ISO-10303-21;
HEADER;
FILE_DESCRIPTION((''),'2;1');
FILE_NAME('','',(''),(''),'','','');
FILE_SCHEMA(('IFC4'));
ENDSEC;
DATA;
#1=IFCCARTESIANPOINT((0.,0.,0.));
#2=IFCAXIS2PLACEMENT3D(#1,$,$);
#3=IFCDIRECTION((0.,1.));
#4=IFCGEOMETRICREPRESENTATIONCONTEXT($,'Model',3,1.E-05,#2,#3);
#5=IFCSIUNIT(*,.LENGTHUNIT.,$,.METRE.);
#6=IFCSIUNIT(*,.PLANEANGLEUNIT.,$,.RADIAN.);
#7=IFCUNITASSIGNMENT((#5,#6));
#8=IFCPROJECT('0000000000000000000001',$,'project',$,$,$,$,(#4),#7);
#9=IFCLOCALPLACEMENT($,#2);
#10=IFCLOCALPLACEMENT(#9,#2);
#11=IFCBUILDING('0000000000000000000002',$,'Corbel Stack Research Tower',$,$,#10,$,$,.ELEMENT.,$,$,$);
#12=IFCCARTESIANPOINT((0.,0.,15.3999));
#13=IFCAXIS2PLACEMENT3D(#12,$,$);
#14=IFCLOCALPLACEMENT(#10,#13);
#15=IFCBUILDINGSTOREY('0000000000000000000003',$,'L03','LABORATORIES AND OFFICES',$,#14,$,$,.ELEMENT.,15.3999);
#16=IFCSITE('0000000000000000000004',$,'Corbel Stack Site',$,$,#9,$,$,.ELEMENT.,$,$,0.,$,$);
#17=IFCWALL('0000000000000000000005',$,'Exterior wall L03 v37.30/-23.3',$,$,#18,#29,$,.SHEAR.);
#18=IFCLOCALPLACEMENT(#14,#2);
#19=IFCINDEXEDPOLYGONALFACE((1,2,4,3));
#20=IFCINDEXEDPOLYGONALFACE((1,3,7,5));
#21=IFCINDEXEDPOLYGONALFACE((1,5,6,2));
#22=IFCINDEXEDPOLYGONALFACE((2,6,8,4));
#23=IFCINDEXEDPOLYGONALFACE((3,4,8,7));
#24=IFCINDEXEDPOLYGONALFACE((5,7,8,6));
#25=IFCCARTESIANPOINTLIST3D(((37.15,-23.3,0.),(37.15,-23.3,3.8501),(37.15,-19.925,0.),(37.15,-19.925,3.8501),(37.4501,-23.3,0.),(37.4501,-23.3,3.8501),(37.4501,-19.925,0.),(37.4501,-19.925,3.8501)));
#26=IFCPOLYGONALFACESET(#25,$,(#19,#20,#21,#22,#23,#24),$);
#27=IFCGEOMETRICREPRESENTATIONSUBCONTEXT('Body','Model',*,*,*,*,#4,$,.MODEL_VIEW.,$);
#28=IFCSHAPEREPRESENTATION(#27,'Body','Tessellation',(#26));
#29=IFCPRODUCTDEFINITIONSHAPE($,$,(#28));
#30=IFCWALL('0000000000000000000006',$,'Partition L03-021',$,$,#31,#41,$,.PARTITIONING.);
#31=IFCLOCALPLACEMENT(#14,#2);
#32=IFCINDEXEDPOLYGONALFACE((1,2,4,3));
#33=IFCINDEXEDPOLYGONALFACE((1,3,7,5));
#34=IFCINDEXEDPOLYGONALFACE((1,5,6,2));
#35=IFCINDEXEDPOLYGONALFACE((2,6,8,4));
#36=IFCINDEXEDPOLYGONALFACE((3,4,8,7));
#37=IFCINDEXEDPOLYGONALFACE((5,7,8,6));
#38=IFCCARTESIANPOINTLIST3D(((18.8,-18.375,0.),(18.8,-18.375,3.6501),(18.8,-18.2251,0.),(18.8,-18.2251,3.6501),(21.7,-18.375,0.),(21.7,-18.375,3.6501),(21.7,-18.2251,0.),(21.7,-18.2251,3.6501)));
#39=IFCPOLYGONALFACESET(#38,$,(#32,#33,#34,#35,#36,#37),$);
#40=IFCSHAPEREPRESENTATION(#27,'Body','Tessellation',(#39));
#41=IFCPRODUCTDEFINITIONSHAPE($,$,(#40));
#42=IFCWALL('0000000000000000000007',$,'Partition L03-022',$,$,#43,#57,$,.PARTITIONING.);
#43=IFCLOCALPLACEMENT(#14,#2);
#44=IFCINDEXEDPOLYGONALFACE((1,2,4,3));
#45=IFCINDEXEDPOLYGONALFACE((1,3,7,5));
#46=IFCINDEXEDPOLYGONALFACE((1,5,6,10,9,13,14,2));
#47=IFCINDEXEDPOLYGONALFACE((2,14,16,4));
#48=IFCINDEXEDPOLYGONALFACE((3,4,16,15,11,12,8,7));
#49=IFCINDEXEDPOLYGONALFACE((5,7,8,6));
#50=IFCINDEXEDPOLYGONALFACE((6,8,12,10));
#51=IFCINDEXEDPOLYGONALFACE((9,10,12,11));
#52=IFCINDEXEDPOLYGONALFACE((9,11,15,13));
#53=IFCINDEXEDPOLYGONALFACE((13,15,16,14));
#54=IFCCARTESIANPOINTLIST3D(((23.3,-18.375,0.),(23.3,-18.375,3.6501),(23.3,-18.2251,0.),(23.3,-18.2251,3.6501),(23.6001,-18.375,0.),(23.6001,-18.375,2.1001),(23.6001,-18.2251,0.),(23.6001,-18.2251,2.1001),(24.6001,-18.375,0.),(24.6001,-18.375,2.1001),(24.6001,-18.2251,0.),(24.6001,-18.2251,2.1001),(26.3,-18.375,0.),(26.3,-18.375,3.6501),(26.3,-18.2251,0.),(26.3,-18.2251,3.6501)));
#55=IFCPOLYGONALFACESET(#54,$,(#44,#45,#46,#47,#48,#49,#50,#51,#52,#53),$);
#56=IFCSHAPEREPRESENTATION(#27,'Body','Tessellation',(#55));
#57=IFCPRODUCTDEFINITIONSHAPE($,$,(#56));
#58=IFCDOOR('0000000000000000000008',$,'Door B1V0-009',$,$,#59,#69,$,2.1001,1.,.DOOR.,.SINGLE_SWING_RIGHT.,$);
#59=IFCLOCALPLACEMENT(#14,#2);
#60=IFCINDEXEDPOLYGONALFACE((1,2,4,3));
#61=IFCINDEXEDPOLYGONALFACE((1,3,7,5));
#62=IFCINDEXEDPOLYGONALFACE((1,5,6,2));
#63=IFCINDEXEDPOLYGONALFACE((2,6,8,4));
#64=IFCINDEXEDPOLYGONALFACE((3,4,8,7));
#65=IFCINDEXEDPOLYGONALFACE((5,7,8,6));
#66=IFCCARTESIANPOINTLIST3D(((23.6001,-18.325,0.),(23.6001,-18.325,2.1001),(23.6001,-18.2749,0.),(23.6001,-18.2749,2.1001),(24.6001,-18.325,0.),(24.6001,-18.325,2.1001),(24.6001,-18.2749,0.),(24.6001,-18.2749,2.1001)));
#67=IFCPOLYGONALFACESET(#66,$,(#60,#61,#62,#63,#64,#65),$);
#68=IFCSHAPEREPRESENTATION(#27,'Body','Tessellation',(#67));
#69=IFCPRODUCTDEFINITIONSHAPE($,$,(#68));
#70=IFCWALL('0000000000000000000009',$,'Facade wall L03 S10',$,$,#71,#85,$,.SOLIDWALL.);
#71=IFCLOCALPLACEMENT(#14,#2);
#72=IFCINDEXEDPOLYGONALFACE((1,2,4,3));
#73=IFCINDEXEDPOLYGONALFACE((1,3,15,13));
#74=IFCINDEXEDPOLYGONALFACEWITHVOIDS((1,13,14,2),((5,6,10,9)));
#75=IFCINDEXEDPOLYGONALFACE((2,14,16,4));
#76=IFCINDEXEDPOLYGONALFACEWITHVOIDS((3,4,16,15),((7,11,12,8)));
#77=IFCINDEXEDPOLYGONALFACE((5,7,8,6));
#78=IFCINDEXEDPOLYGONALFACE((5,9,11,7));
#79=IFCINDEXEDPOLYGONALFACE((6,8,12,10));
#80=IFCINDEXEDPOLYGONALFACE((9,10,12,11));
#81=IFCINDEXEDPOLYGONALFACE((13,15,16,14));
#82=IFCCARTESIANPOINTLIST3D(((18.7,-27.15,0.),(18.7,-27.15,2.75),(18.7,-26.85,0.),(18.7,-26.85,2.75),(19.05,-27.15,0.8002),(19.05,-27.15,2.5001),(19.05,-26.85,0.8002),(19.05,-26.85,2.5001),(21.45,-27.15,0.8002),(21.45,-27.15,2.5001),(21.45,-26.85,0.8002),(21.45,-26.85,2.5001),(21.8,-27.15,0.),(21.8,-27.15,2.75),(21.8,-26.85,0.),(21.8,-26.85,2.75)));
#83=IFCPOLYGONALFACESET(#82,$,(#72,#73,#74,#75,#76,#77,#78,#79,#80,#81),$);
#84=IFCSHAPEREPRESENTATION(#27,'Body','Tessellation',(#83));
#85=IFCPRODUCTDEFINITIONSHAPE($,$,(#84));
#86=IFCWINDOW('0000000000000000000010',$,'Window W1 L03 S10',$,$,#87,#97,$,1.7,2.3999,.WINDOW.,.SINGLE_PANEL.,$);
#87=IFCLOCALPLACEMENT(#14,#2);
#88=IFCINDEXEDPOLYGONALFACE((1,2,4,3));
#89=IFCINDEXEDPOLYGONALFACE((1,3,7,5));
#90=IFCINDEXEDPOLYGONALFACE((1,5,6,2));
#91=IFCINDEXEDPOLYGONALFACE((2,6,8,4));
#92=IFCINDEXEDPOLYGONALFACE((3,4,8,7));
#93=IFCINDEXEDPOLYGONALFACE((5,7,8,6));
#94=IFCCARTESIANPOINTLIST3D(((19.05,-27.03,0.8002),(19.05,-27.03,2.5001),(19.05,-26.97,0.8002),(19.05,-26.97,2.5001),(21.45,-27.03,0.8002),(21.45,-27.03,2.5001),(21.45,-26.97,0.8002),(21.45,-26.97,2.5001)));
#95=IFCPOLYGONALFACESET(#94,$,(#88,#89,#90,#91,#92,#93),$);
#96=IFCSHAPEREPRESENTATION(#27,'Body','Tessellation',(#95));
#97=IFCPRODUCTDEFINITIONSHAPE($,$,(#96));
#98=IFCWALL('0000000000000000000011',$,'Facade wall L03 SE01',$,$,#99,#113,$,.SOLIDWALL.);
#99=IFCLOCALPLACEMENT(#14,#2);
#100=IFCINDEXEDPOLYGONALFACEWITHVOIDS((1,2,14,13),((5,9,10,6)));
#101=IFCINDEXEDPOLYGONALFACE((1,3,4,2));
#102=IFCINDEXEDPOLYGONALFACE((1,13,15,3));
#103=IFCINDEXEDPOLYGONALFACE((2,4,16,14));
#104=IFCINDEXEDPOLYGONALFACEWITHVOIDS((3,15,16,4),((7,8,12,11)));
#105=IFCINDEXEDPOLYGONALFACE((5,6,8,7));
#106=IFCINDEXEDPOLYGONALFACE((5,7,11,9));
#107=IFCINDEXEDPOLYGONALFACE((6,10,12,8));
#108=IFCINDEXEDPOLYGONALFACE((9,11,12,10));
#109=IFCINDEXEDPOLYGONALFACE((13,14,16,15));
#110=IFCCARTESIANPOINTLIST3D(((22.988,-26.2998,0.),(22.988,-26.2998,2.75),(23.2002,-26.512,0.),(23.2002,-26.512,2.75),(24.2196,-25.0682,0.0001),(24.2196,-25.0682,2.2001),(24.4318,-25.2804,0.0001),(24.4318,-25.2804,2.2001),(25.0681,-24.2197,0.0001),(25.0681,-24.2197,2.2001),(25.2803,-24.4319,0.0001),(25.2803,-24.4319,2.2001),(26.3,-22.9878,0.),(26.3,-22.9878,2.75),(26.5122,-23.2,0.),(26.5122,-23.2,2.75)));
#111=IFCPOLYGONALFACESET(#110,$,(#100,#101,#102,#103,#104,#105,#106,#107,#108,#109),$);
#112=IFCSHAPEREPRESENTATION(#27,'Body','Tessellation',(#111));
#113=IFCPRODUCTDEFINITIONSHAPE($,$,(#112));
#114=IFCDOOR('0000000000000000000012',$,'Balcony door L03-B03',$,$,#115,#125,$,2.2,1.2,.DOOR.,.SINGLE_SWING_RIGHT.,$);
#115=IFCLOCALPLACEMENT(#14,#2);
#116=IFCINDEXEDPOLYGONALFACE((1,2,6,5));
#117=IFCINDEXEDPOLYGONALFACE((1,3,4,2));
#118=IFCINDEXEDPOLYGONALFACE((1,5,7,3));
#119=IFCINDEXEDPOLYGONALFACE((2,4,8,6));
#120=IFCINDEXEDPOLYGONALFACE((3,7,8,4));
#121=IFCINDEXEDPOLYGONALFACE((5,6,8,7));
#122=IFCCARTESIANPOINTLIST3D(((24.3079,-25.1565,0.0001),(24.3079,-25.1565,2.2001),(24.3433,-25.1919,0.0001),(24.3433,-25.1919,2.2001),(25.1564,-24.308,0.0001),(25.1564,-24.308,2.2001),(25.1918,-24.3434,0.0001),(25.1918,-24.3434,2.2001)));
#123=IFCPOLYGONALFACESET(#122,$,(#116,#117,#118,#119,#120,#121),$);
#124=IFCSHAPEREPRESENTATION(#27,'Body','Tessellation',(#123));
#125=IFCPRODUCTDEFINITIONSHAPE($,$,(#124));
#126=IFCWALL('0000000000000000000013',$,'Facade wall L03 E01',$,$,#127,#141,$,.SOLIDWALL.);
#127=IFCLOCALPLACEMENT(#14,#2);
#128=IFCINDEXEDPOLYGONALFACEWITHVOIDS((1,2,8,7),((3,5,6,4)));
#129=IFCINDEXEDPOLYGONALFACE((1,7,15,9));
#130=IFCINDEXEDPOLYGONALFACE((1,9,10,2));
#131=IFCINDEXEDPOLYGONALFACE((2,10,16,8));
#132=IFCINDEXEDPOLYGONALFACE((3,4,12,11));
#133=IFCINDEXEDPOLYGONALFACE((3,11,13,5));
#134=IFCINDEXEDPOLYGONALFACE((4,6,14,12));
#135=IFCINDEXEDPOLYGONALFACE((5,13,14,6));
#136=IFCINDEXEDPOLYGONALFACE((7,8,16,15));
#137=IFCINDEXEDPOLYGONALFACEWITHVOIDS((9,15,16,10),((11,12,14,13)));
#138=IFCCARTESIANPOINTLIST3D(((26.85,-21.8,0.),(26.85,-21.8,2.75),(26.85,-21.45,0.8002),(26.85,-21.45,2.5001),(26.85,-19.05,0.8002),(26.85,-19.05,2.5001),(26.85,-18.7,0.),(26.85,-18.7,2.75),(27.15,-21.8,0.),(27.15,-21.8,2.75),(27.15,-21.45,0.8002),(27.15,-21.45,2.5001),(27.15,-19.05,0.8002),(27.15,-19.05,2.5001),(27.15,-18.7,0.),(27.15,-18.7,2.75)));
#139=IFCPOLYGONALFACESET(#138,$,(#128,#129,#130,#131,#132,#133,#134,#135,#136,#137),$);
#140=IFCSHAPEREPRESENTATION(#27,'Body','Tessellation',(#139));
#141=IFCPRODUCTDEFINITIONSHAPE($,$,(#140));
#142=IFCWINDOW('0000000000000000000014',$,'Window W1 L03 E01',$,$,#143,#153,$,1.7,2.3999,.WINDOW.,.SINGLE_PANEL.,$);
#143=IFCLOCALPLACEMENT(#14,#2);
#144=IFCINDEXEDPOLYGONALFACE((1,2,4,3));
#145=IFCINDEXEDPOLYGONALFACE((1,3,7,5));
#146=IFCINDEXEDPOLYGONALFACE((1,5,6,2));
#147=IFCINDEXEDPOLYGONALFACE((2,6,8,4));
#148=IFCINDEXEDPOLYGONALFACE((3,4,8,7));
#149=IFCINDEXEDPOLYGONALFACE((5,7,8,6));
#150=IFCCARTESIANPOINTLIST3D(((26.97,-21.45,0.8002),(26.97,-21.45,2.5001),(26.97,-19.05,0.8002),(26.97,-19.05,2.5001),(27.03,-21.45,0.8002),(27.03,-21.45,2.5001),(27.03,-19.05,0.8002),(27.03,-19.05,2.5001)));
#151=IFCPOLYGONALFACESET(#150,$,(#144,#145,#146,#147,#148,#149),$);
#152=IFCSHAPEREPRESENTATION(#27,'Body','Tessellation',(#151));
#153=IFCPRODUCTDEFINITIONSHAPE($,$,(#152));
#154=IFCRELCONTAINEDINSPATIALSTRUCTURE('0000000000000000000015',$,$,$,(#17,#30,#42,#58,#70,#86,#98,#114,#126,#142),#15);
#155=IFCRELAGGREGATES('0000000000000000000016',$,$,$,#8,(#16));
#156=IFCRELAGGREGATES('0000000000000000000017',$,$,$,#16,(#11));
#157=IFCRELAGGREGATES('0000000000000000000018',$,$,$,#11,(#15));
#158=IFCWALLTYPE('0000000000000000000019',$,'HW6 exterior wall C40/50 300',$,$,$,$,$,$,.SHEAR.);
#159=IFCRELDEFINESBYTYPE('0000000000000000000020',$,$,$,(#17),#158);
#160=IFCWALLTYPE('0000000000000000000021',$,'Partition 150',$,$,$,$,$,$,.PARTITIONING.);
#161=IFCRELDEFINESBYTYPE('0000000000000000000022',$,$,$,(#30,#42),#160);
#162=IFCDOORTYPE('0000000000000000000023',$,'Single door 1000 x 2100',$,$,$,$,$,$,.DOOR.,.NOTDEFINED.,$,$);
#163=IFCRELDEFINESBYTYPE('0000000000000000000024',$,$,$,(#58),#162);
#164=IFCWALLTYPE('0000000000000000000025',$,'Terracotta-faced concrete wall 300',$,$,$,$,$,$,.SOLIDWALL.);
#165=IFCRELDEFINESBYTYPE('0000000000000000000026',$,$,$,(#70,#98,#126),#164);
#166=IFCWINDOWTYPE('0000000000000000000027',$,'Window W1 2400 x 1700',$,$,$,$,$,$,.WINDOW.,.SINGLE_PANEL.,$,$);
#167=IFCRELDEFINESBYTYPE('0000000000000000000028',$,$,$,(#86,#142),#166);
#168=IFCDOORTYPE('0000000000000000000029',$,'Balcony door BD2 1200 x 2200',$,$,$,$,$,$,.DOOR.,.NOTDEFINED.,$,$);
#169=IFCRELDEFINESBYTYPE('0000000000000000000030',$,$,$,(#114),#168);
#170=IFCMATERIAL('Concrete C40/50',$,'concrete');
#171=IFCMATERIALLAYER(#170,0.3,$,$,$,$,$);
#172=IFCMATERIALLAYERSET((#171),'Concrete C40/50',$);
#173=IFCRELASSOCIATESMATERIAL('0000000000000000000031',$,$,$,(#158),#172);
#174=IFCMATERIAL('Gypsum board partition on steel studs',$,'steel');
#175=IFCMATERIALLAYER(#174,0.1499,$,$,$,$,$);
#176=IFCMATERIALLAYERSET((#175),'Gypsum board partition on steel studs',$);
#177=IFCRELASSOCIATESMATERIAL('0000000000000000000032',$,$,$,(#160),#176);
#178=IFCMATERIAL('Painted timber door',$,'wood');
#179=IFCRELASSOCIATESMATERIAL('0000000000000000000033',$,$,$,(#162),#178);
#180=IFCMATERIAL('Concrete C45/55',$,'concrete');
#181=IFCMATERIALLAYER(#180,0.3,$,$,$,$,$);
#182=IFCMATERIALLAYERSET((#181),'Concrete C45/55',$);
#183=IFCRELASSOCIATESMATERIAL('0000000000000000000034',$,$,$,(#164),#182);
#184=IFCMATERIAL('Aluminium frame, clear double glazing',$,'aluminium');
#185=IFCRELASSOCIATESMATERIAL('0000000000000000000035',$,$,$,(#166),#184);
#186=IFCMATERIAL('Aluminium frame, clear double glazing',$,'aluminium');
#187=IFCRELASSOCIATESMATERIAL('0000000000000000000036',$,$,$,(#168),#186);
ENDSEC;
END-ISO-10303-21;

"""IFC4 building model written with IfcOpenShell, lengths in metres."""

from ifc_helpers import new_model, si_unit, direction, frame, frame_2d, origin, place, context, subcontext, project, spatial, rectangle, extrude, material, layer, layer_set, type_object, element, fill, save


model = new_model("IFC4")

# Units and contexts
model_context = context("Model", 3, precision=1e-05, world=origin(), true_north=direction((0.0, 1.0)))
body_context = subcontext(model_context, "Body", "Model", "MODEL_VIEW")
ifc_project = project(units=[si_unit("LENGTHUNIT", "METRE"), si_unit("PLANEANGLEUNIT", "RADIAN")], contexts=[model_context])

# Site, building, storey
site_placement = place(None, origin())
site = spatial("IfcSite", under=ifc_project, at=site_placement, Name="Corbel Stack Site", CompositionType="ELEMENT", RefElevation=0.0)
building_placement = place(site_placement, origin())
building = spatial("IfcBuilding", under=site, at=building_placement, Name="Corbel Stack Research Tower", CompositionType="ELEMENT")
storey_placement = place(building_placement, frame((0.0, 0.0, 15.3999)))
storey = spatial("IfcBuildingStorey", under=building, at=storey_placement, Name="L03", Description="LABORATORIES AND OFFICES", CompositionType="ELEMENT", Elevation=15.3999)

# Walls
ifc_material_1 = material(Name="Concrete C40/50", Category="concrete")
ifc_layer_1 = layer(ifc_material_1, 0.3)
ifc_layer_set_1 = layer_set([ifc_layer_1], Name="Concrete C40/50")
wall_type_1 = type_object("IfcWallType", Name="HW6 exterior wall C40/50 300", PredefinedType="SHEAR", material=ifc_layer_set_1)
wall_1_placement = place(storey_placement, frame((37.3, -23.3, 0.0), z_axis=(0.0, 0.0, 1.0), x_axis=(0.0, 1.0, 0.0)))
element("IfcWall", 1, at=wall_1_placement, inside=storey, type_object=wall_type_1, Name="Exterior wall L03 v37.30/-23.3", PredefinedType="SHEAR", context=body_context, shape_type="SweptSolid", body=[
    extrude(rectangle(XDim=3.375, YDim=0.3, at=frame_2d((1.6875, 0.0))), origin(), (0.0, 0.0, 1.0), 3.8501),
])
ifc_material_2 = material(Name="Gypsum board partition on steel studs", Category="steel")
ifc_layer_2 = layer(ifc_material_2, 0.1499)
ifc_layer_set_2 = layer_set([ifc_layer_2], Name="Gypsum board partition on steel studs")
wall_type_2 = type_object("IfcWallType", Name="Partition 150", PredefinedType="PARTITIONING", material=ifc_layer_set_2)
wall_2_placement = place(storey_placement, frame((18.8, -18.3, 0.0), z_axis=(0.0, 0.0, 1.0), x_axis=(1.0, 0.0, 0.0)))
element("IfcWall", 2, at=wall_2_placement, inside=storey, type_object=wall_type_2, Name="Partition L03-021", PredefinedType="PARTITIONING", context=body_context, shape_type="SweptSolid", body=[
    extrude(rectangle(XDim=2.8999, YDim=0.1499, at=frame_2d((1.45, 0.0))), origin(), (0.0, 0.0, 1.0), 3.6501),
])

# Wall, opening, door
wall_3_placement = place(storey_placement, frame((26.3, -18.3, 0.0), z_axis=(0.0, 0.0, 1.0), x_axis=(-1.0, 0.0, 0.0)))
wall_3 = element("IfcWall", 3, at=wall_3_placement, inside=storey, type_object=wall_type_2, Name="Partition L03-022", PredefinedType="PARTITIONING", context=body_context, shape_type="SweptSolid", body=[
    extrude(rectangle(XDim=3.0, YDim=0.1499, at=frame_2d((1.5, 0.0))), origin(), (0.0, 0.0, 1.0), 3.6501),
])
opening_1_placement = place(wall_3_placement, frame((1.7, 0.0, 0.0)))
opening_1 = element("IfcOpeningElement", 4, at=opening_1_placement, cuts=wall_3, PredefinedType="OPENING", context=body_context, shape_type="SweptSolid", body=[
    extrude(rectangle(XDim=1.0, YDim=2.1001, at=frame_2d((0.5, 1.05))), frame((0.0, 0.085, 0.0), z_axis=(0.0, -1.0, 0.0), x_axis=(1.0, 0.0, 0.0)), (0.0, 0.0, 1.0), 0.1699),
])
ifc_material_3 = material(Name="Painted timber door", Category="wood")
door_type_1 = type_object("IfcDoorType", Name="Single door 1000 x 2100", OperationType="NOTDEFINED", PredefinedType="DOOR", material=ifc_material_3)
door_1_placement = place(opening_1_placement, origin())
door_1 = element("IfcDoor", 5, at=door_1_placement, inside=storey, type_object=door_type_1, Name="Door B1V0-009", OperationType="SINGLE_SWING_RIGHT", OverallHeight=2.1001, OverallWidth=1.0, PredefinedType="DOOR", context=body_context, shape_type="SweptSolid", body=[
    extrude(rectangle(XDim=1.0, YDim=2.1001, at=frame_2d((0.5, 1.05))), frame((0.0, 0.0249, 0.0), z_axis=(0.0, -1.0, 0.0), x_axis=(1.0, 0.0, 0.0)), (0.0, 0.0, 1.0), 0.05),
])
fill(opening_1, door_1)

# Wall, opening, window
ifc_material_4 = material(Name="Concrete C45/55", Category="concrete")
ifc_layer_3 = layer(ifc_material_4, 0.3)
ifc_layer_set_3 = layer_set([ifc_layer_3], Name="Concrete C45/55")
wall_type_3 = type_object("IfcWallType", Name="Terracotta-faced concrete wall 300", PredefinedType="SOLIDWALL", material=ifc_layer_set_3)
wall_4_placement = place(storey_placement, frame((21.8, -27.0, 0.0), z_axis=(0.0, 0.0, 1.0), x_axis=(-1.0, 0.0, 0.0)))
wall_4 = element("IfcWall", 6, at=wall_4_placement, inside=storey, type_object=wall_type_3, Name="Facade wall L03 S10", PredefinedType="SOLIDWALL", context=body_context, shape_type="SweptSolid", body=[
    extrude(rectangle(XDim=3.1001, YDim=0.3, at=frame_2d((1.55, 0.0))), origin(), (0.0, 0.0, 1.0), 2.75),
])
opening_2_placement = place(wall_4_placement, frame((0.3501, 0.0, 0.8)))
opening_2 = element("IfcOpeningElement", 7, at=opening_2_placement, cuts=wall_4, PredefinedType="OPENING", context=body_context, shape_type="SweptSolid", body=[
    extrude(rectangle(XDim=2.3999, YDim=1.7, at=frame_2d((1.2, 0.8501))), frame((0.0, 0.1599, 0.0), z_axis=(0.0, -1.0, 0.0), x_axis=(1.0, 0.0, 0.0)), (0.0, 0.0, 1.0), 0.3201),
])
ifc_material_5 = material(Name="Aluminium frame, clear double glazing", Category="aluminium")
window_type = type_object("IfcWindowType", Name="Window W1 2400 x 1700", PartitioningType="SINGLE_PANEL", PredefinedType="WINDOW", material=ifc_material_5)
window_1_placement = place(opening_2_placement, origin())
window_1 = element("IfcWindow", 8, at=window_1_placement, inside=storey, type_object=window_type, Name="Window W1 L03 S10", OverallHeight=1.7, OverallWidth=2.3999, PartitioningType="SINGLE_PANEL", PredefinedType="WINDOW", context=body_context, shape_type="SweptSolid", body=[
    extrude(rectangle(XDim=2.3999, YDim=1.7, at=frame_2d((1.2, 0.8501))), frame((0.0, 0.03, 0.0), z_axis=(0.0, -1.0, 0.0), x_axis=(1.0, 0.0, 0.0)), (0.0, 0.0, 1.0), 0.0601),
])
fill(opening_2, window_1)

# Wall, opening, door
wall_5_placement = place(storey_placement, frame((26.406, -23.094, 0.0), z_axis=(0.0, 0.0, 1.0), x_axis=(-0.707107, -0.707107, 0.0)))
wall_5 = element("IfcWall", 9, at=wall_5_placement, inside=storey, type_object=wall_type_3, Name="Facade wall L03 SE01", PredefinedType="SOLIDWALL", context=body_context, shape_type="SweptSolid", body=[
    extrude(rectangle(XDim=4.6838, YDim=0.3, at=frame_2d((2.3418, 0.0))), origin(), (0.0, 0.0, 1.0), 2.75),
])
opening_3_placement = place(wall_5_placement, frame((1.7419, 0.0, 0.0)))
opening_3 = element("IfcOpeningElement", 10, at=opening_3_placement, cuts=wall_5, PredefinedType="OPENING", context=body_context, shape_type="SweptSolid", body=[
    extrude(rectangle(XDim=1.2, YDim=2.2, at=frame_2d((0.6001, 1.1001))), frame((0.0, 0.1599, 0.0), z_axis=(0.0, -1.0, 0.0), x_axis=(1.0, 0.0, 0.0)), (0.0, 0.0, 1.0), 0.3201),
])
ifc_material_6 = material(Name="Aluminium frame, clear double glazing", Category="aluminium")
door_type_2 = type_object("IfcDoorType", Name="Balcony door BD2 1200 x 2200", OperationType="NOTDEFINED", PredefinedType="DOOR", material=ifc_material_6)
door_2_placement = place(opening_3_placement, origin())
door_2 = element("IfcDoor", 11, at=door_2_placement, inside=storey, type_object=door_type_2, Name="Balcony door L03-B03", OperationType="SINGLE_SWING_RIGHT", OverallHeight=2.2, OverallWidth=1.2, PredefinedType="DOOR", context=body_context, shape_type="SweptSolid", body=[
    extrude(rectangle(XDim=1.2, YDim=2.2, at=frame_2d((0.6001, 1.1001))), frame((0.0, 0.0249, 0.0), z_axis=(0.0, -1.0, 0.0), x_axis=(1.0, 0.0, 0.0)), (0.0, 0.0, 1.0), 0.05),
])
fill(opening_3, door_2)

# Wall, opening, window
wall_6_placement = place(storey_placement, frame((27.0, -18.7, 0.0), z_axis=(0.0, 0.0, 1.0), x_axis=(0.0, -1.0, 0.0)))
wall_6 = element("IfcWall", 12, at=wall_6_placement, inside=storey, type_object=wall_type_3, Name="Facade wall L03 E01", PredefinedType="SOLIDWALL", context=body_context, shape_type="SweptSolid", body=[
    extrude(rectangle(XDim=3.1001, YDim=0.3, at=frame_2d((1.55, 0.0))), origin(), (0.0, 0.0, 1.0), 2.75),
])
opening_4_placement = place(wall_6_placement, frame((0.3501, 0.0, 0.8)))
opening_4 = element("IfcOpeningElement", 13, at=opening_4_placement, cuts=wall_6, PredefinedType="OPENING", context=body_context, shape_type="SweptSolid", body=[
    extrude(rectangle(XDim=2.3999, YDim=1.7, at=frame_2d((1.2, 0.8501))), frame((0.0, 0.1599, 0.0), z_axis=(0.0, -1.0, 0.0), x_axis=(1.0, 0.0, 0.0)), (0.0, 0.0, 1.0), 0.3201),
])
window_2_placement = place(opening_4_placement, origin())
window_2 = element("IfcWindow", 14, at=window_2_placement, inside=storey, type_object=window_type, Name="Window W1 L03 E01", OverallHeight=1.7, OverallWidth=2.3999, PartitioningType="SINGLE_PANEL", PredefinedType="WINDOW", context=body_context, shape_type="SweptSolid", body=[
    extrude(rectangle(XDim=2.3999, YDim=1.7, at=frame_2d((1.2, 0.8501))), frame((0.0, 0.03, 0.0), z_axis=(0.0, -1.0, 0.0), x_axis=(1.0, 0.0, 0.0)), (0.0, 0.0, 1.0), 0.0601),
])
fill(opening_4, window_2)

save(model, "model.ifc")
